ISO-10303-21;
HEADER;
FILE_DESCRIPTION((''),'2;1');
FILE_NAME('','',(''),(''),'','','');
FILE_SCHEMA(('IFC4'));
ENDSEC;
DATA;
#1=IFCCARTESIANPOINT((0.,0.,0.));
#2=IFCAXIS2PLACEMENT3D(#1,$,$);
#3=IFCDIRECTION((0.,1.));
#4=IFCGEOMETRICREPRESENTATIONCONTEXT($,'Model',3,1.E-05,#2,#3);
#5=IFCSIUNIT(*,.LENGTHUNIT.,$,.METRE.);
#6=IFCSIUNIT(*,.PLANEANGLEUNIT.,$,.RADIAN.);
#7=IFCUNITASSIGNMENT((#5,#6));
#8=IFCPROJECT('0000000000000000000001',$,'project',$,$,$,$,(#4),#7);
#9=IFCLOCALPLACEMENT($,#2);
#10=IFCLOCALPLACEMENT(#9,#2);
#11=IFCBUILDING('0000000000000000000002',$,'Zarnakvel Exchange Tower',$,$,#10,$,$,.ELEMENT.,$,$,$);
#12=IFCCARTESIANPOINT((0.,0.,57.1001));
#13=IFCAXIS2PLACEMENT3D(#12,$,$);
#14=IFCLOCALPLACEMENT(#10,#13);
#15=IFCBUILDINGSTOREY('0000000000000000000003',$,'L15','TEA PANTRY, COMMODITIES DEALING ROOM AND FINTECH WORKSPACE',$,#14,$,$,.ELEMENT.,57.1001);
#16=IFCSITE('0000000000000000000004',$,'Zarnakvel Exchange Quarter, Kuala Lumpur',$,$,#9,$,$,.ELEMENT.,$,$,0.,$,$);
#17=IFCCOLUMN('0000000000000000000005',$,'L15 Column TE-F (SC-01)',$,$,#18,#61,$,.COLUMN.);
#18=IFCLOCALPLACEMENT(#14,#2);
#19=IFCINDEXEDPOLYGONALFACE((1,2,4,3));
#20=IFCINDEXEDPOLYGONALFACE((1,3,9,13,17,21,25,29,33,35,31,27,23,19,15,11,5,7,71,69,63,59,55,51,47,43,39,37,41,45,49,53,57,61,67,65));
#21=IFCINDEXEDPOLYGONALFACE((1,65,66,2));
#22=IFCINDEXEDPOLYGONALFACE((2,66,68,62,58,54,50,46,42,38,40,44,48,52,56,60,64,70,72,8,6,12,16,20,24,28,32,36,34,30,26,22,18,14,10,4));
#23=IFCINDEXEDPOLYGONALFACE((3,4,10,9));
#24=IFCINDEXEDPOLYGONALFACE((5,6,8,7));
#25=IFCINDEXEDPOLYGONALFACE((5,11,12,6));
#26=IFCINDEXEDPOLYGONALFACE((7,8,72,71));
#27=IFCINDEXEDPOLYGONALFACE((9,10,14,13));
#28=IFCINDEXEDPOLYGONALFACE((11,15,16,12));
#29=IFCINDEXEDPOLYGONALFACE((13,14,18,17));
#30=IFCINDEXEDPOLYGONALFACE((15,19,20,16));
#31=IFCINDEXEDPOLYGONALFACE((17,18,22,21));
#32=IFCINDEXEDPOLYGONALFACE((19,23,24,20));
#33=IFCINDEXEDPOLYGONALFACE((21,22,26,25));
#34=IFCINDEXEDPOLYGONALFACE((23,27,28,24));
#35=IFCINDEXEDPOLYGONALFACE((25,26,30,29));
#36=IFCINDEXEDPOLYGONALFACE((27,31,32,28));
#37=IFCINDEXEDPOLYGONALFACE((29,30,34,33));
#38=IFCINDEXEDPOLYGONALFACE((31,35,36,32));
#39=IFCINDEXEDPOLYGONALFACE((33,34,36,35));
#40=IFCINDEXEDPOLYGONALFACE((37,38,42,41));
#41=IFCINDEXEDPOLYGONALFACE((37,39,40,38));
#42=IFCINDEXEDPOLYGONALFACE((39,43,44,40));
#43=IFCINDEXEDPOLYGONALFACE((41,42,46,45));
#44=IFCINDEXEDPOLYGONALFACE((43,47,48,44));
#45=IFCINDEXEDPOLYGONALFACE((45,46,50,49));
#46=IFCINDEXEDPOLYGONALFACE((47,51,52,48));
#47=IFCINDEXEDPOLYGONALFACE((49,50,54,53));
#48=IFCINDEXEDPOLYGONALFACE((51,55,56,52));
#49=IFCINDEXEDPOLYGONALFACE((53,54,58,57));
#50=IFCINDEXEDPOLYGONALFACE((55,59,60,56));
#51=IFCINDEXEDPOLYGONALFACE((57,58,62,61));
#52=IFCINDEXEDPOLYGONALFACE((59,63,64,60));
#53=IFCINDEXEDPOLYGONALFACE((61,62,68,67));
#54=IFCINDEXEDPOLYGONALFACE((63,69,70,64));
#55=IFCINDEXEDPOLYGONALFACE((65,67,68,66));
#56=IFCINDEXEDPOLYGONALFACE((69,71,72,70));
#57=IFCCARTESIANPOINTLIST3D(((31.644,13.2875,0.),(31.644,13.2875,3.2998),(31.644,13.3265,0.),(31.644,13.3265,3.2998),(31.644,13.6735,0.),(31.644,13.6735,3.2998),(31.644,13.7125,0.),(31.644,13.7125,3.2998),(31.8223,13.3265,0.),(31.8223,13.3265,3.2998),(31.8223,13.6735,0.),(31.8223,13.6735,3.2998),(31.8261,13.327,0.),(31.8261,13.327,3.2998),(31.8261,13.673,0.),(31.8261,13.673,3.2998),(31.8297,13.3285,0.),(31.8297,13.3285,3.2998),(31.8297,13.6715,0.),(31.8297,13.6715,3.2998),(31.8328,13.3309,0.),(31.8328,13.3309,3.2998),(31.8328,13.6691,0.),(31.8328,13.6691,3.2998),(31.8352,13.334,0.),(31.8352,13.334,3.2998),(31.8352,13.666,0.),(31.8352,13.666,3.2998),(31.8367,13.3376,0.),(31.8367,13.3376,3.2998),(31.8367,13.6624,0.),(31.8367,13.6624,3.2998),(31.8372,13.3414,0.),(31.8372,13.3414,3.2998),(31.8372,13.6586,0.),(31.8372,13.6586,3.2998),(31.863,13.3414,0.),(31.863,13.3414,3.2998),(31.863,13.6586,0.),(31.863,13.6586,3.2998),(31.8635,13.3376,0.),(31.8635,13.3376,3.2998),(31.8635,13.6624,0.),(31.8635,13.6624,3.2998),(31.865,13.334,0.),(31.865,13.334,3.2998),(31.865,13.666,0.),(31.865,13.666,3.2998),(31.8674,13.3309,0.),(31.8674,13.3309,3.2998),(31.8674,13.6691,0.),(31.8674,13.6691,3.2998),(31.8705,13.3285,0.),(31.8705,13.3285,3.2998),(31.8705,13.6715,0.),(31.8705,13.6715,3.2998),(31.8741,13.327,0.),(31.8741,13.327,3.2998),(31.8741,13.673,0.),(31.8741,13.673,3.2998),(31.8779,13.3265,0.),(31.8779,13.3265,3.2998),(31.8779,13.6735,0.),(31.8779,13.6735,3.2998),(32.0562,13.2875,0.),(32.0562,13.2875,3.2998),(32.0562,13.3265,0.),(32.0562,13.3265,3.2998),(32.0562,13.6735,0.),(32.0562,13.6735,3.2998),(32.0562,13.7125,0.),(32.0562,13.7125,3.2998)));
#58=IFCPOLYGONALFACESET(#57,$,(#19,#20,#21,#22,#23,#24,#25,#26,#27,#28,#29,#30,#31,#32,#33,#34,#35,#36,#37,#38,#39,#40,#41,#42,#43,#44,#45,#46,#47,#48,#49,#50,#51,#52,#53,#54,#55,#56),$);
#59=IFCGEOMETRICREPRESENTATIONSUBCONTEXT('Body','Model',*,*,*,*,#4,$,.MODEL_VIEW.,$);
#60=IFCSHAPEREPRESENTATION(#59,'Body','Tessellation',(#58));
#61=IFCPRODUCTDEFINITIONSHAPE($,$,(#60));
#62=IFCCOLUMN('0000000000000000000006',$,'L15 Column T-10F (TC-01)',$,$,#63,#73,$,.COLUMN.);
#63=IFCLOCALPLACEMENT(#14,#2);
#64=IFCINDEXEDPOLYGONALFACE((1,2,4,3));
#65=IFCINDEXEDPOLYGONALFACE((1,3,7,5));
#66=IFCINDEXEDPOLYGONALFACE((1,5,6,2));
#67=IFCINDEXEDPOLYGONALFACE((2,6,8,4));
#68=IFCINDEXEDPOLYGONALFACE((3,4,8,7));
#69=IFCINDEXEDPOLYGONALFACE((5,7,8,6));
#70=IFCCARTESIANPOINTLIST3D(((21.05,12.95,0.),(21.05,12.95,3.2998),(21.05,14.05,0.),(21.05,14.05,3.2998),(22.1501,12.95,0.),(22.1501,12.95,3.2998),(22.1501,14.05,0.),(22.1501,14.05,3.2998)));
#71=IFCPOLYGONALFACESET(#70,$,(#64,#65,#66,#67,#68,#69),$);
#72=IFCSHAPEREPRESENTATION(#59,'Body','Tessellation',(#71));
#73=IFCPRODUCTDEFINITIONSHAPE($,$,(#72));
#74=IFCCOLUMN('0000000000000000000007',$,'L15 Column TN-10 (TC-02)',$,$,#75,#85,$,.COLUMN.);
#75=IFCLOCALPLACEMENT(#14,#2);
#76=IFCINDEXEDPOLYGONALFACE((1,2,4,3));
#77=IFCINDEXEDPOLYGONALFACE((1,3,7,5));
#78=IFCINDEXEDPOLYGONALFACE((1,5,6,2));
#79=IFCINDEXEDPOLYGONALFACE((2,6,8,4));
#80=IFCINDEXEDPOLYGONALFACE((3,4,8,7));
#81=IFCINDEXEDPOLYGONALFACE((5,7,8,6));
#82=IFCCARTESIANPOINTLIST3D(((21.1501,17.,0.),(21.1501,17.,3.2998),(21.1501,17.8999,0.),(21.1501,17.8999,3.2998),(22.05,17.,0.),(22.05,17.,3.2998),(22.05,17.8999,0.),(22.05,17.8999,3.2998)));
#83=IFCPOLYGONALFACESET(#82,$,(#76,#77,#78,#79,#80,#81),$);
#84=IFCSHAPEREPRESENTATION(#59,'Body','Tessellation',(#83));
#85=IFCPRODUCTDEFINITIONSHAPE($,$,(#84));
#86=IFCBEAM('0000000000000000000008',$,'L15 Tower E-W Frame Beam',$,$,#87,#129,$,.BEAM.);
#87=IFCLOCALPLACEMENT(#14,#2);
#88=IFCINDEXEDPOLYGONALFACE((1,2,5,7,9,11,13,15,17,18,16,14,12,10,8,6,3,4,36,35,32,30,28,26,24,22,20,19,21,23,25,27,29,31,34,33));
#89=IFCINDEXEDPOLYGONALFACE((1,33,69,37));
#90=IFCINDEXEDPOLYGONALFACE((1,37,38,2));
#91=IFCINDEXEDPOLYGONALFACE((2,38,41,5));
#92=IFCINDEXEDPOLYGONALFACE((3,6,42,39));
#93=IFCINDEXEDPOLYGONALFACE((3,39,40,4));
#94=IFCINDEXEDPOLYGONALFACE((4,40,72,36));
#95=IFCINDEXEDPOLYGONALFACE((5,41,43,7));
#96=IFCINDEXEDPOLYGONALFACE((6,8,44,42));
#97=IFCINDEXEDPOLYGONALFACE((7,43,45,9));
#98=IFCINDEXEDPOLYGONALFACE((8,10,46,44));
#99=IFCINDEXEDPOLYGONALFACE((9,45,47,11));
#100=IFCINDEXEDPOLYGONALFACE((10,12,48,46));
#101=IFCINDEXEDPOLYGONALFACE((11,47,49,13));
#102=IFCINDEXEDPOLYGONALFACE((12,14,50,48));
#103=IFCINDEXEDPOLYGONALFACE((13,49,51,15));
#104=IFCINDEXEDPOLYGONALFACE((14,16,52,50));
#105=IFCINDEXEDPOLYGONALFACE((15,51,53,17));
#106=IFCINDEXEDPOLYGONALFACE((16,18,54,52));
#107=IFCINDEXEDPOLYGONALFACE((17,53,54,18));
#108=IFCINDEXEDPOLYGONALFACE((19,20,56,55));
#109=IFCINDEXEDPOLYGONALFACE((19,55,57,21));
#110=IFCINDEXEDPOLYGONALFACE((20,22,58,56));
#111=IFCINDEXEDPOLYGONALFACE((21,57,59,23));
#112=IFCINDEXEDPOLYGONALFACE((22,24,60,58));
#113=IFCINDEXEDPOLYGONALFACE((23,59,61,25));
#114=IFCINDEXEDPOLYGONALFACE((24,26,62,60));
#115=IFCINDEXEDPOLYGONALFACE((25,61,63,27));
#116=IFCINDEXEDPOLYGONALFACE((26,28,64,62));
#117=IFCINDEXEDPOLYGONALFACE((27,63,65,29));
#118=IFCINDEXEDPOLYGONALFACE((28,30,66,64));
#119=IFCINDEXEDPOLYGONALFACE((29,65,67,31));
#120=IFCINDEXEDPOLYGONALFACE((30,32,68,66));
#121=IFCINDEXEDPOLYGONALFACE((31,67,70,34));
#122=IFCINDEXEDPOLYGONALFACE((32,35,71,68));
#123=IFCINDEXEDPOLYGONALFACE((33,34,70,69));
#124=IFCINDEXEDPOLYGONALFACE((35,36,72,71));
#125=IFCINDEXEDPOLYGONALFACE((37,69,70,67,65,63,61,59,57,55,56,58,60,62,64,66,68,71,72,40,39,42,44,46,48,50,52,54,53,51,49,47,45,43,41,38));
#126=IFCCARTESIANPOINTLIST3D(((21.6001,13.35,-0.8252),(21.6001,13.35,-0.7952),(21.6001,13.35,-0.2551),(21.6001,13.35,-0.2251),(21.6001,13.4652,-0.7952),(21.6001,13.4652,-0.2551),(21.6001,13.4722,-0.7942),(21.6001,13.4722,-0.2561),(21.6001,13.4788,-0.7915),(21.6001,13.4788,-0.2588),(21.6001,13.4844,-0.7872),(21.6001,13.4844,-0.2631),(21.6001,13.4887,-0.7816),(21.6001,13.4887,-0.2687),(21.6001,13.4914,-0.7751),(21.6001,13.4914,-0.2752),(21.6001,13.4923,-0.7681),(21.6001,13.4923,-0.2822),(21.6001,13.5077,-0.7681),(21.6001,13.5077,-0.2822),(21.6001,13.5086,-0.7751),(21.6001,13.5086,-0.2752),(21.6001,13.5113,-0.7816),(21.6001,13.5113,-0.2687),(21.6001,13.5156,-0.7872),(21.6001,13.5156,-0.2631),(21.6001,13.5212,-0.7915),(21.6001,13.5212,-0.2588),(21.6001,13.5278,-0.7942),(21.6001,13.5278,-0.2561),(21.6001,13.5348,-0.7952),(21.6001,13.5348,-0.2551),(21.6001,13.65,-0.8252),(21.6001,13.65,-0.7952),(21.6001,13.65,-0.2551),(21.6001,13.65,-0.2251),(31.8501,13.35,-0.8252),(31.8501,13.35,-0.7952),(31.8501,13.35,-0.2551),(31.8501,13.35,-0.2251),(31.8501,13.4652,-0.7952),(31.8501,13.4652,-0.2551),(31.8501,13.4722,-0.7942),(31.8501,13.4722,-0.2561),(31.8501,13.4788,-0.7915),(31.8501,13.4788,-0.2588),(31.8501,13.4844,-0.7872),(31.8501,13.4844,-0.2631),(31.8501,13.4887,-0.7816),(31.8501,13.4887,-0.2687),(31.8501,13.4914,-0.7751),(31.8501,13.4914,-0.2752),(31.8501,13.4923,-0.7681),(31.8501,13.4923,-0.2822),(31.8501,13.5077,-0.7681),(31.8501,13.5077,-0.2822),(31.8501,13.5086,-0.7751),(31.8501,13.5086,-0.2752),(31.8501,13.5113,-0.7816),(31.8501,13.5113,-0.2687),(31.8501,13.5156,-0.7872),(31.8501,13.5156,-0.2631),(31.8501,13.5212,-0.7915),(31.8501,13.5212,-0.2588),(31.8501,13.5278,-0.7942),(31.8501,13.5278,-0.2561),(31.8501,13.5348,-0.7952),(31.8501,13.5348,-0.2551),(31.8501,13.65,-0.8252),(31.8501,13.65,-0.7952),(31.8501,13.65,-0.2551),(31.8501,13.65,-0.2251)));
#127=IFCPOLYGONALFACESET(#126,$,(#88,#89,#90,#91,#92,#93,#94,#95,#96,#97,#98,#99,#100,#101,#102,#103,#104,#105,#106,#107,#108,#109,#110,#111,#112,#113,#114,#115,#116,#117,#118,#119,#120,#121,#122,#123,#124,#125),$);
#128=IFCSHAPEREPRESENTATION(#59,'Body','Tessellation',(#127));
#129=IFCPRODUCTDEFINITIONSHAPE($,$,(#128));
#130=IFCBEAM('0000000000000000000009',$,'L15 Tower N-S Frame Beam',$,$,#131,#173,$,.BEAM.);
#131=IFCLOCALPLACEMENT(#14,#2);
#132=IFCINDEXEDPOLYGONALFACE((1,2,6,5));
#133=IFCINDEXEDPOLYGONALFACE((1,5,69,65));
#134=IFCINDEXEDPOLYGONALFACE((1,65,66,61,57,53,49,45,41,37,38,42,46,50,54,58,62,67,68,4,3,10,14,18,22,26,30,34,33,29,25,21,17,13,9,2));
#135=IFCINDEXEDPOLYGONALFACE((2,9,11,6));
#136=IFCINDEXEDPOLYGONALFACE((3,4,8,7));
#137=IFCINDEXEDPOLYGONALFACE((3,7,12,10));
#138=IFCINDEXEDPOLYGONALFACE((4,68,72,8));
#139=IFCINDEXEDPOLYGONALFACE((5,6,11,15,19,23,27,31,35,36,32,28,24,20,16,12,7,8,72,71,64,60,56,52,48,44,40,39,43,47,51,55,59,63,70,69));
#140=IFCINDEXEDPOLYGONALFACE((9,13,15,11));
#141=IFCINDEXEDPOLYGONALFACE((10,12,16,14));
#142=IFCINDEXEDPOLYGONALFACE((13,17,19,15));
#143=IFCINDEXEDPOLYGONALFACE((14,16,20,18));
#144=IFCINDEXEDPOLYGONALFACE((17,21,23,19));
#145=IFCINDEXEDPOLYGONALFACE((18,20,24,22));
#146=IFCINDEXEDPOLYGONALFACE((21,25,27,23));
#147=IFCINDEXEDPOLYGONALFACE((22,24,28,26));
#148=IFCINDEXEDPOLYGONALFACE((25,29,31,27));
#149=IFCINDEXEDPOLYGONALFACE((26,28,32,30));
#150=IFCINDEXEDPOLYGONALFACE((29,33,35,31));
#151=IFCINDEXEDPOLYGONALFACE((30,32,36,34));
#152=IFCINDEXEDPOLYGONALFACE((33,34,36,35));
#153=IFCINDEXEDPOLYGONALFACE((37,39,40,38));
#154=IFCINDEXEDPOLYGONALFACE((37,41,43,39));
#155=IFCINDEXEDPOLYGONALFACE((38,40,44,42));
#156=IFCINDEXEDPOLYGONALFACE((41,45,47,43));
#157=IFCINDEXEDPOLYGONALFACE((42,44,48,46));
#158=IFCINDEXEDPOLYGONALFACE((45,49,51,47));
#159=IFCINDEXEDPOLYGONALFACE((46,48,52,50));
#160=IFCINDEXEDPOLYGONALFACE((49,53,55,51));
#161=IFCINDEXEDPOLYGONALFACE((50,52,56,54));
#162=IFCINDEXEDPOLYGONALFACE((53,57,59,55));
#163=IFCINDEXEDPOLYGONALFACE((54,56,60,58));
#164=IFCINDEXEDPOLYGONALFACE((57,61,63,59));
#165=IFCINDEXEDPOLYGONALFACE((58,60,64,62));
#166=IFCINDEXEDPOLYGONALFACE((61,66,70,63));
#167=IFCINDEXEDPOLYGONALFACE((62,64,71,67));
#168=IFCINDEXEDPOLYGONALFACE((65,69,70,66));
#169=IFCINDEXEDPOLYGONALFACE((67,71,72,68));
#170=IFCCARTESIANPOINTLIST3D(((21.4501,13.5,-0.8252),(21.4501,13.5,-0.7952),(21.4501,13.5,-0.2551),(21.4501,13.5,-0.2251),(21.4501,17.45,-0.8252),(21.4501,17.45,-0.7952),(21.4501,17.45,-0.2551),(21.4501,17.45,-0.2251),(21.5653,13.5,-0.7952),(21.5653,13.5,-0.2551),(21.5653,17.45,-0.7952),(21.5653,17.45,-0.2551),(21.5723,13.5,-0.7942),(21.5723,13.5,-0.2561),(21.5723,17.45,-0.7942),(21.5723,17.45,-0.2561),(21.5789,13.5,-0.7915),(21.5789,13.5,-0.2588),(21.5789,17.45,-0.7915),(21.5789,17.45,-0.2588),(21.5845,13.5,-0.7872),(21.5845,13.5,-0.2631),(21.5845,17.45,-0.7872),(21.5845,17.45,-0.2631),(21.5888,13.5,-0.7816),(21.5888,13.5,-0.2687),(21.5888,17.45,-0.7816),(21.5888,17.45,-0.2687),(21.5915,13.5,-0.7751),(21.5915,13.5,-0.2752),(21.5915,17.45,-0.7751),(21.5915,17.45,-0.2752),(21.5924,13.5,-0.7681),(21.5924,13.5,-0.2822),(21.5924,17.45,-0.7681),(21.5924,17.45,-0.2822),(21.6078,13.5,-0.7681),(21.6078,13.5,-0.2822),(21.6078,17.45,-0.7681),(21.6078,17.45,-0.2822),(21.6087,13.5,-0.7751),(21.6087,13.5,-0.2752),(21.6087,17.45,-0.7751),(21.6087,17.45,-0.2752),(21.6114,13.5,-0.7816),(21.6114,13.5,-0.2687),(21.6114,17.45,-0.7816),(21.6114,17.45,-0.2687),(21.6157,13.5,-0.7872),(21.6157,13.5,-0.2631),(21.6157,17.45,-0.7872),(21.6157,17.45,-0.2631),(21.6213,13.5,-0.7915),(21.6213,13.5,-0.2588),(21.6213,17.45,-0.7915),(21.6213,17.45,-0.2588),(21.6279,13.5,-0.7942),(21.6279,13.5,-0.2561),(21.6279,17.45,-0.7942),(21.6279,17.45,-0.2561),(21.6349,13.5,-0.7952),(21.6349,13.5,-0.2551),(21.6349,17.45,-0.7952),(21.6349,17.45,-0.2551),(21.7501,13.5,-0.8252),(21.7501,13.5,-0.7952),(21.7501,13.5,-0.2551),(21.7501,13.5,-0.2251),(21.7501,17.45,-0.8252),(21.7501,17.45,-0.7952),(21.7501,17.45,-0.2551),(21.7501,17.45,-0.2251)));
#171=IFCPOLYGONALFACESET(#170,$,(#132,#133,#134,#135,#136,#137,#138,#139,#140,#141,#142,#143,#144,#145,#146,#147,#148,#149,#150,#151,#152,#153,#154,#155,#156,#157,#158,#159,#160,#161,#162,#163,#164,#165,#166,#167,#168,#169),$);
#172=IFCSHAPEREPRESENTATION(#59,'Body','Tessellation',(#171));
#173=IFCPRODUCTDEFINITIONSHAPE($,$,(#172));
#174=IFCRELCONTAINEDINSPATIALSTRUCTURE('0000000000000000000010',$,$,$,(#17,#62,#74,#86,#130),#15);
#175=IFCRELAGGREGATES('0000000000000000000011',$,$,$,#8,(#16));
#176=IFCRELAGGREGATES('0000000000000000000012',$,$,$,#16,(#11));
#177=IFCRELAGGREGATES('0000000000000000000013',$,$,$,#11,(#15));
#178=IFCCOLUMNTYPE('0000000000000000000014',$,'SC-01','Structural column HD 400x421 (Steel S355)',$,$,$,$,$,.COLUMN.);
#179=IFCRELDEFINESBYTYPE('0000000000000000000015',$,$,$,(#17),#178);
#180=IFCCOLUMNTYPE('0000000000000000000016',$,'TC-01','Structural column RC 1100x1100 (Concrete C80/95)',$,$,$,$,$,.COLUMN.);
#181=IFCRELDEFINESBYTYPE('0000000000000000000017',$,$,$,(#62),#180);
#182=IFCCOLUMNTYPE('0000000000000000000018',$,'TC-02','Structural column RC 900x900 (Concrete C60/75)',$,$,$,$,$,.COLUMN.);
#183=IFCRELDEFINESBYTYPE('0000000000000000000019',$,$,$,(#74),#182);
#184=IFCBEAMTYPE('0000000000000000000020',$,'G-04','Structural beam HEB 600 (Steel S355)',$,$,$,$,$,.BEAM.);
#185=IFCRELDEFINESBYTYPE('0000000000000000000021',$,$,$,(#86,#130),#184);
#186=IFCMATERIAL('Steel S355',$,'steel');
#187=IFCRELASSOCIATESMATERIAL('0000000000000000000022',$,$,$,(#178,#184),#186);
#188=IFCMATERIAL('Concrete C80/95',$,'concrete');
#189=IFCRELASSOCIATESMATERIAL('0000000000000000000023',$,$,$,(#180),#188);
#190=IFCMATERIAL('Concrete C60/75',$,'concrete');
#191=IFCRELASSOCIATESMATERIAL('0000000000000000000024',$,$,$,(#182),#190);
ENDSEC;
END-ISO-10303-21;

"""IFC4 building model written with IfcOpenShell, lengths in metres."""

from ifc_helpers import new_model, si_unit, direction, frame, origin, origin_2d, place, context, subcontext, project, spatial, rectangle, i_section, extrude, material, material_profile, profile_set, type_object, element, save


model = new_model("IFC4")

# Units and contexts
model_context = context("Model", 3, precision=1e-05, world=origin(), true_north=direction((0.0, 1.0)))
body_context = subcontext(model_context, "Body", "Model", "MODEL_VIEW")
ifc_project = project(units=[si_unit("LENGTHUNIT", "METRE"), si_unit("PLANEANGLEUNIT", "RADIAN")], contexts=[model_context])

# Site, building, storey
site_placement = place(None, origin())
site = spatial("IfcSite", under=ifc_project, at=site_placement, Name="Zarnakvel Exchange Quarter, Kuala Lumpur", CompositionType="ELEMENT", RefElevation=0.0)
building_placement = place(site_placement, origin())
building = spatial("IfcBuilding", under=site, at=building_placement, Name="Zarnakvel Exchange Tower", CompositionType="ELEMENT")
storey_placement = place(building_placement, frame((0.0, 0.0, 57.1001)))
storey = spatial("IfcBuildingStorey", under=building, at=storey_placement, Name="L15", Description="TEA PANTRY, COMMODITIES DEALING ROOM AND FINTECH WORKSPACE", CompositionType="ELEMENT", Elevation=57.1001)

# Columns
ifc_material_1 = material(Name="Steel S355", Category="steel")
ifc_material_profile_1 = material_profile(ifc_material_1, i_section(OverallWidth=0.4121, OverallDepth=0.425, WebThickness=0.0259, FlangeThickness=0.0391, FilletRadius=0.0149, at=origin_2d()))
ifc_profile_set_1 = profile_set([ifc_material_profile_1], Name="Steel S355")
column_type_1 = type_object("IfcColumnType", Name="SC-01", Description="Structural column HD 400x421 (Steel S355)", PredefinedType="COLUMN", material=ifc_profile_set_1)
column_1_placement = place(storey_placement, frame((31.8501, 13.5, 0.0), z_axis=(0.0, 0.0, 1.0), x_axis=(1.0, 0.0, 0.0)))
element("IfcColumn", 1, at=column_1_placement, inside=storey, type_object=column_type_1, Name="L15 Column TE-F (SC-01)", PredefinedType="COLUMN", context=body_context, shape_type="SweptSolid", body=[
    extrude(i_section(OverallWidth=0.4121, OverallDepth=0.425, WebThickness=0.0259, FlangeThickness=0.0391, FilletRadius=0.0149, at=origin_2d()), origin(), (0.0, 0.0, 1.0), 3.2998),
])
ifc_material_2 = material(Name="Concrete C80/95", Category="concrete")
ifc_material_profile_2 = material_profile(ifc_material_2, rectangle(XDim=1.1001, YDim=1.1001, at=origin_2d()))
ifc_profile_set_2 = profile_set([ifc_material_profile_2], Name="Concrete C80/95")
column_type_2 = type_object("IfcColumnType", Name="TC-01", Description="Structural column RC 1100x1100 (Concrete C80/95)", PredefinedType="COLUMN", material=ifc_profile_set_2)
column_2_placement = place(storey_placement, frame((21.6001, 13.5, 0.0), z_axis=(0.0, 0.0, 1.0), x_axis=(1.0, 0.0, 0.0)))
element("IfcColumn", 2, at=column_2_placement, inside=storey, type_object=column_type_2, Name="L15 Column T-10F (TC-01)", PredefinedType="COLUMN", context=body_context, shape_type="SweptSolid", body=[
    extrude(rectangle(XDim=1.1001, YDim=1.1001, at=origin_2d()), origin(), (0.0, 0.0, 1.0), 3.2998),
])
ifc_material_3 = material(Name="Concrete C60/75", Category="concrete")
ifc_material_profile_3 = material_profile(ifc_material_3, rectangle(XDim=0.8999, YDim=0.8999, at=origin_2d()))
ifc_profile_set_3 = profile_set([ifc_material_profile_3], Name="Concrete C60/75")
column_type_3 = type_object("IfcColumnType", Name="TC-02", Description="Structural column RC 900x900 (Concrete C60/75)", PredefinedType="COLUMN", material=ifc_profile_set_3)
column_3_placement = place(storey_placement, frame((21.6001, 17.45, 0.0), z_axis=(0.0, 0.0, 1.0), x_axis=(1.0, 0.0, 0.0)))
element("IfcColumn", 3, at=column_3_placement, inside=storey, type_object=column_type_3, Name="L15 Column TN-10 (TC-02)", PredefinedType="COLUMN", context=body_context, shape_type="SweptSolid", body=[
    extrude(rectangle(XDim=0.8999, YDim=0.8999, at=origin_2d()), origin(), (0.0, 0.0, 1.0), 3.2998),
])

# Beams
ifc_material_profile_4 = material_profile(ifc_material_1, i_section(OverallWidth=0.3, OverallDepth=0.6001, WebThickness=0.0154, FlangeThickness=0.03, FilletRadius=0.0271, at=origin_2d()))
ifc_profile_set_4 = profile_set([ifc_material_profile_4], Name="Steel S355")
beam_type = type_object("IfcBeamType", Name="G-04", Description="Structural beam HEB 600 (Steel S355)", PredefinedType="BEAM", material=ifc_profile_set_4)
beam_1_placement = place(storey_placement, frame((21.6001, 13.5, -0.5251), z_axis=(1.0, 0.0, 0.0), x_axis=(0.0, 1.0, 0.0)))
element("IfcBeam", 4, at=beam_1_placement, inside=storey, type_object=beam_type, Name="L15 Tower E-W Frame Beam", PredefinedType="BEAM", context=body_context, shape_type="SweptSolid", body=[
    extrude(i_section(OverallWidth=0.3, OverallDepth=0.6001, WebThickness=0.0154, FlangeThickness=0.03, FilletRadius=0.0271, at=origin_2d()), origin(), (0.0, 0.0, 1.0), 10.25),
])
beam_2_placement = place(storey_placement, frame((21.6001, 13.5, -0.5251), z_axis=(0.0, 1.0, 0.0), x_axis=(-1.0, 0.0, 0.0)))
element("IfcBeam", 5, at=beam_2_placement, inside=storey, type_object=beam_type, Name="L15 Tower N-S Frame Beam", PredefinedType="BEAM", context=body_context, shape_type="SweptSolid", body=[
    extrude(i_section(OverallWidth=0.3, OverallDepth=0.6001, WebThickness=0.0154, FlangeThickness=0.03, FilletRadius=0.0271, at=origin_2d()), origin(), (0.0, 0.0, 1.0), 3.95),
])

save(model, "model.ifc")
